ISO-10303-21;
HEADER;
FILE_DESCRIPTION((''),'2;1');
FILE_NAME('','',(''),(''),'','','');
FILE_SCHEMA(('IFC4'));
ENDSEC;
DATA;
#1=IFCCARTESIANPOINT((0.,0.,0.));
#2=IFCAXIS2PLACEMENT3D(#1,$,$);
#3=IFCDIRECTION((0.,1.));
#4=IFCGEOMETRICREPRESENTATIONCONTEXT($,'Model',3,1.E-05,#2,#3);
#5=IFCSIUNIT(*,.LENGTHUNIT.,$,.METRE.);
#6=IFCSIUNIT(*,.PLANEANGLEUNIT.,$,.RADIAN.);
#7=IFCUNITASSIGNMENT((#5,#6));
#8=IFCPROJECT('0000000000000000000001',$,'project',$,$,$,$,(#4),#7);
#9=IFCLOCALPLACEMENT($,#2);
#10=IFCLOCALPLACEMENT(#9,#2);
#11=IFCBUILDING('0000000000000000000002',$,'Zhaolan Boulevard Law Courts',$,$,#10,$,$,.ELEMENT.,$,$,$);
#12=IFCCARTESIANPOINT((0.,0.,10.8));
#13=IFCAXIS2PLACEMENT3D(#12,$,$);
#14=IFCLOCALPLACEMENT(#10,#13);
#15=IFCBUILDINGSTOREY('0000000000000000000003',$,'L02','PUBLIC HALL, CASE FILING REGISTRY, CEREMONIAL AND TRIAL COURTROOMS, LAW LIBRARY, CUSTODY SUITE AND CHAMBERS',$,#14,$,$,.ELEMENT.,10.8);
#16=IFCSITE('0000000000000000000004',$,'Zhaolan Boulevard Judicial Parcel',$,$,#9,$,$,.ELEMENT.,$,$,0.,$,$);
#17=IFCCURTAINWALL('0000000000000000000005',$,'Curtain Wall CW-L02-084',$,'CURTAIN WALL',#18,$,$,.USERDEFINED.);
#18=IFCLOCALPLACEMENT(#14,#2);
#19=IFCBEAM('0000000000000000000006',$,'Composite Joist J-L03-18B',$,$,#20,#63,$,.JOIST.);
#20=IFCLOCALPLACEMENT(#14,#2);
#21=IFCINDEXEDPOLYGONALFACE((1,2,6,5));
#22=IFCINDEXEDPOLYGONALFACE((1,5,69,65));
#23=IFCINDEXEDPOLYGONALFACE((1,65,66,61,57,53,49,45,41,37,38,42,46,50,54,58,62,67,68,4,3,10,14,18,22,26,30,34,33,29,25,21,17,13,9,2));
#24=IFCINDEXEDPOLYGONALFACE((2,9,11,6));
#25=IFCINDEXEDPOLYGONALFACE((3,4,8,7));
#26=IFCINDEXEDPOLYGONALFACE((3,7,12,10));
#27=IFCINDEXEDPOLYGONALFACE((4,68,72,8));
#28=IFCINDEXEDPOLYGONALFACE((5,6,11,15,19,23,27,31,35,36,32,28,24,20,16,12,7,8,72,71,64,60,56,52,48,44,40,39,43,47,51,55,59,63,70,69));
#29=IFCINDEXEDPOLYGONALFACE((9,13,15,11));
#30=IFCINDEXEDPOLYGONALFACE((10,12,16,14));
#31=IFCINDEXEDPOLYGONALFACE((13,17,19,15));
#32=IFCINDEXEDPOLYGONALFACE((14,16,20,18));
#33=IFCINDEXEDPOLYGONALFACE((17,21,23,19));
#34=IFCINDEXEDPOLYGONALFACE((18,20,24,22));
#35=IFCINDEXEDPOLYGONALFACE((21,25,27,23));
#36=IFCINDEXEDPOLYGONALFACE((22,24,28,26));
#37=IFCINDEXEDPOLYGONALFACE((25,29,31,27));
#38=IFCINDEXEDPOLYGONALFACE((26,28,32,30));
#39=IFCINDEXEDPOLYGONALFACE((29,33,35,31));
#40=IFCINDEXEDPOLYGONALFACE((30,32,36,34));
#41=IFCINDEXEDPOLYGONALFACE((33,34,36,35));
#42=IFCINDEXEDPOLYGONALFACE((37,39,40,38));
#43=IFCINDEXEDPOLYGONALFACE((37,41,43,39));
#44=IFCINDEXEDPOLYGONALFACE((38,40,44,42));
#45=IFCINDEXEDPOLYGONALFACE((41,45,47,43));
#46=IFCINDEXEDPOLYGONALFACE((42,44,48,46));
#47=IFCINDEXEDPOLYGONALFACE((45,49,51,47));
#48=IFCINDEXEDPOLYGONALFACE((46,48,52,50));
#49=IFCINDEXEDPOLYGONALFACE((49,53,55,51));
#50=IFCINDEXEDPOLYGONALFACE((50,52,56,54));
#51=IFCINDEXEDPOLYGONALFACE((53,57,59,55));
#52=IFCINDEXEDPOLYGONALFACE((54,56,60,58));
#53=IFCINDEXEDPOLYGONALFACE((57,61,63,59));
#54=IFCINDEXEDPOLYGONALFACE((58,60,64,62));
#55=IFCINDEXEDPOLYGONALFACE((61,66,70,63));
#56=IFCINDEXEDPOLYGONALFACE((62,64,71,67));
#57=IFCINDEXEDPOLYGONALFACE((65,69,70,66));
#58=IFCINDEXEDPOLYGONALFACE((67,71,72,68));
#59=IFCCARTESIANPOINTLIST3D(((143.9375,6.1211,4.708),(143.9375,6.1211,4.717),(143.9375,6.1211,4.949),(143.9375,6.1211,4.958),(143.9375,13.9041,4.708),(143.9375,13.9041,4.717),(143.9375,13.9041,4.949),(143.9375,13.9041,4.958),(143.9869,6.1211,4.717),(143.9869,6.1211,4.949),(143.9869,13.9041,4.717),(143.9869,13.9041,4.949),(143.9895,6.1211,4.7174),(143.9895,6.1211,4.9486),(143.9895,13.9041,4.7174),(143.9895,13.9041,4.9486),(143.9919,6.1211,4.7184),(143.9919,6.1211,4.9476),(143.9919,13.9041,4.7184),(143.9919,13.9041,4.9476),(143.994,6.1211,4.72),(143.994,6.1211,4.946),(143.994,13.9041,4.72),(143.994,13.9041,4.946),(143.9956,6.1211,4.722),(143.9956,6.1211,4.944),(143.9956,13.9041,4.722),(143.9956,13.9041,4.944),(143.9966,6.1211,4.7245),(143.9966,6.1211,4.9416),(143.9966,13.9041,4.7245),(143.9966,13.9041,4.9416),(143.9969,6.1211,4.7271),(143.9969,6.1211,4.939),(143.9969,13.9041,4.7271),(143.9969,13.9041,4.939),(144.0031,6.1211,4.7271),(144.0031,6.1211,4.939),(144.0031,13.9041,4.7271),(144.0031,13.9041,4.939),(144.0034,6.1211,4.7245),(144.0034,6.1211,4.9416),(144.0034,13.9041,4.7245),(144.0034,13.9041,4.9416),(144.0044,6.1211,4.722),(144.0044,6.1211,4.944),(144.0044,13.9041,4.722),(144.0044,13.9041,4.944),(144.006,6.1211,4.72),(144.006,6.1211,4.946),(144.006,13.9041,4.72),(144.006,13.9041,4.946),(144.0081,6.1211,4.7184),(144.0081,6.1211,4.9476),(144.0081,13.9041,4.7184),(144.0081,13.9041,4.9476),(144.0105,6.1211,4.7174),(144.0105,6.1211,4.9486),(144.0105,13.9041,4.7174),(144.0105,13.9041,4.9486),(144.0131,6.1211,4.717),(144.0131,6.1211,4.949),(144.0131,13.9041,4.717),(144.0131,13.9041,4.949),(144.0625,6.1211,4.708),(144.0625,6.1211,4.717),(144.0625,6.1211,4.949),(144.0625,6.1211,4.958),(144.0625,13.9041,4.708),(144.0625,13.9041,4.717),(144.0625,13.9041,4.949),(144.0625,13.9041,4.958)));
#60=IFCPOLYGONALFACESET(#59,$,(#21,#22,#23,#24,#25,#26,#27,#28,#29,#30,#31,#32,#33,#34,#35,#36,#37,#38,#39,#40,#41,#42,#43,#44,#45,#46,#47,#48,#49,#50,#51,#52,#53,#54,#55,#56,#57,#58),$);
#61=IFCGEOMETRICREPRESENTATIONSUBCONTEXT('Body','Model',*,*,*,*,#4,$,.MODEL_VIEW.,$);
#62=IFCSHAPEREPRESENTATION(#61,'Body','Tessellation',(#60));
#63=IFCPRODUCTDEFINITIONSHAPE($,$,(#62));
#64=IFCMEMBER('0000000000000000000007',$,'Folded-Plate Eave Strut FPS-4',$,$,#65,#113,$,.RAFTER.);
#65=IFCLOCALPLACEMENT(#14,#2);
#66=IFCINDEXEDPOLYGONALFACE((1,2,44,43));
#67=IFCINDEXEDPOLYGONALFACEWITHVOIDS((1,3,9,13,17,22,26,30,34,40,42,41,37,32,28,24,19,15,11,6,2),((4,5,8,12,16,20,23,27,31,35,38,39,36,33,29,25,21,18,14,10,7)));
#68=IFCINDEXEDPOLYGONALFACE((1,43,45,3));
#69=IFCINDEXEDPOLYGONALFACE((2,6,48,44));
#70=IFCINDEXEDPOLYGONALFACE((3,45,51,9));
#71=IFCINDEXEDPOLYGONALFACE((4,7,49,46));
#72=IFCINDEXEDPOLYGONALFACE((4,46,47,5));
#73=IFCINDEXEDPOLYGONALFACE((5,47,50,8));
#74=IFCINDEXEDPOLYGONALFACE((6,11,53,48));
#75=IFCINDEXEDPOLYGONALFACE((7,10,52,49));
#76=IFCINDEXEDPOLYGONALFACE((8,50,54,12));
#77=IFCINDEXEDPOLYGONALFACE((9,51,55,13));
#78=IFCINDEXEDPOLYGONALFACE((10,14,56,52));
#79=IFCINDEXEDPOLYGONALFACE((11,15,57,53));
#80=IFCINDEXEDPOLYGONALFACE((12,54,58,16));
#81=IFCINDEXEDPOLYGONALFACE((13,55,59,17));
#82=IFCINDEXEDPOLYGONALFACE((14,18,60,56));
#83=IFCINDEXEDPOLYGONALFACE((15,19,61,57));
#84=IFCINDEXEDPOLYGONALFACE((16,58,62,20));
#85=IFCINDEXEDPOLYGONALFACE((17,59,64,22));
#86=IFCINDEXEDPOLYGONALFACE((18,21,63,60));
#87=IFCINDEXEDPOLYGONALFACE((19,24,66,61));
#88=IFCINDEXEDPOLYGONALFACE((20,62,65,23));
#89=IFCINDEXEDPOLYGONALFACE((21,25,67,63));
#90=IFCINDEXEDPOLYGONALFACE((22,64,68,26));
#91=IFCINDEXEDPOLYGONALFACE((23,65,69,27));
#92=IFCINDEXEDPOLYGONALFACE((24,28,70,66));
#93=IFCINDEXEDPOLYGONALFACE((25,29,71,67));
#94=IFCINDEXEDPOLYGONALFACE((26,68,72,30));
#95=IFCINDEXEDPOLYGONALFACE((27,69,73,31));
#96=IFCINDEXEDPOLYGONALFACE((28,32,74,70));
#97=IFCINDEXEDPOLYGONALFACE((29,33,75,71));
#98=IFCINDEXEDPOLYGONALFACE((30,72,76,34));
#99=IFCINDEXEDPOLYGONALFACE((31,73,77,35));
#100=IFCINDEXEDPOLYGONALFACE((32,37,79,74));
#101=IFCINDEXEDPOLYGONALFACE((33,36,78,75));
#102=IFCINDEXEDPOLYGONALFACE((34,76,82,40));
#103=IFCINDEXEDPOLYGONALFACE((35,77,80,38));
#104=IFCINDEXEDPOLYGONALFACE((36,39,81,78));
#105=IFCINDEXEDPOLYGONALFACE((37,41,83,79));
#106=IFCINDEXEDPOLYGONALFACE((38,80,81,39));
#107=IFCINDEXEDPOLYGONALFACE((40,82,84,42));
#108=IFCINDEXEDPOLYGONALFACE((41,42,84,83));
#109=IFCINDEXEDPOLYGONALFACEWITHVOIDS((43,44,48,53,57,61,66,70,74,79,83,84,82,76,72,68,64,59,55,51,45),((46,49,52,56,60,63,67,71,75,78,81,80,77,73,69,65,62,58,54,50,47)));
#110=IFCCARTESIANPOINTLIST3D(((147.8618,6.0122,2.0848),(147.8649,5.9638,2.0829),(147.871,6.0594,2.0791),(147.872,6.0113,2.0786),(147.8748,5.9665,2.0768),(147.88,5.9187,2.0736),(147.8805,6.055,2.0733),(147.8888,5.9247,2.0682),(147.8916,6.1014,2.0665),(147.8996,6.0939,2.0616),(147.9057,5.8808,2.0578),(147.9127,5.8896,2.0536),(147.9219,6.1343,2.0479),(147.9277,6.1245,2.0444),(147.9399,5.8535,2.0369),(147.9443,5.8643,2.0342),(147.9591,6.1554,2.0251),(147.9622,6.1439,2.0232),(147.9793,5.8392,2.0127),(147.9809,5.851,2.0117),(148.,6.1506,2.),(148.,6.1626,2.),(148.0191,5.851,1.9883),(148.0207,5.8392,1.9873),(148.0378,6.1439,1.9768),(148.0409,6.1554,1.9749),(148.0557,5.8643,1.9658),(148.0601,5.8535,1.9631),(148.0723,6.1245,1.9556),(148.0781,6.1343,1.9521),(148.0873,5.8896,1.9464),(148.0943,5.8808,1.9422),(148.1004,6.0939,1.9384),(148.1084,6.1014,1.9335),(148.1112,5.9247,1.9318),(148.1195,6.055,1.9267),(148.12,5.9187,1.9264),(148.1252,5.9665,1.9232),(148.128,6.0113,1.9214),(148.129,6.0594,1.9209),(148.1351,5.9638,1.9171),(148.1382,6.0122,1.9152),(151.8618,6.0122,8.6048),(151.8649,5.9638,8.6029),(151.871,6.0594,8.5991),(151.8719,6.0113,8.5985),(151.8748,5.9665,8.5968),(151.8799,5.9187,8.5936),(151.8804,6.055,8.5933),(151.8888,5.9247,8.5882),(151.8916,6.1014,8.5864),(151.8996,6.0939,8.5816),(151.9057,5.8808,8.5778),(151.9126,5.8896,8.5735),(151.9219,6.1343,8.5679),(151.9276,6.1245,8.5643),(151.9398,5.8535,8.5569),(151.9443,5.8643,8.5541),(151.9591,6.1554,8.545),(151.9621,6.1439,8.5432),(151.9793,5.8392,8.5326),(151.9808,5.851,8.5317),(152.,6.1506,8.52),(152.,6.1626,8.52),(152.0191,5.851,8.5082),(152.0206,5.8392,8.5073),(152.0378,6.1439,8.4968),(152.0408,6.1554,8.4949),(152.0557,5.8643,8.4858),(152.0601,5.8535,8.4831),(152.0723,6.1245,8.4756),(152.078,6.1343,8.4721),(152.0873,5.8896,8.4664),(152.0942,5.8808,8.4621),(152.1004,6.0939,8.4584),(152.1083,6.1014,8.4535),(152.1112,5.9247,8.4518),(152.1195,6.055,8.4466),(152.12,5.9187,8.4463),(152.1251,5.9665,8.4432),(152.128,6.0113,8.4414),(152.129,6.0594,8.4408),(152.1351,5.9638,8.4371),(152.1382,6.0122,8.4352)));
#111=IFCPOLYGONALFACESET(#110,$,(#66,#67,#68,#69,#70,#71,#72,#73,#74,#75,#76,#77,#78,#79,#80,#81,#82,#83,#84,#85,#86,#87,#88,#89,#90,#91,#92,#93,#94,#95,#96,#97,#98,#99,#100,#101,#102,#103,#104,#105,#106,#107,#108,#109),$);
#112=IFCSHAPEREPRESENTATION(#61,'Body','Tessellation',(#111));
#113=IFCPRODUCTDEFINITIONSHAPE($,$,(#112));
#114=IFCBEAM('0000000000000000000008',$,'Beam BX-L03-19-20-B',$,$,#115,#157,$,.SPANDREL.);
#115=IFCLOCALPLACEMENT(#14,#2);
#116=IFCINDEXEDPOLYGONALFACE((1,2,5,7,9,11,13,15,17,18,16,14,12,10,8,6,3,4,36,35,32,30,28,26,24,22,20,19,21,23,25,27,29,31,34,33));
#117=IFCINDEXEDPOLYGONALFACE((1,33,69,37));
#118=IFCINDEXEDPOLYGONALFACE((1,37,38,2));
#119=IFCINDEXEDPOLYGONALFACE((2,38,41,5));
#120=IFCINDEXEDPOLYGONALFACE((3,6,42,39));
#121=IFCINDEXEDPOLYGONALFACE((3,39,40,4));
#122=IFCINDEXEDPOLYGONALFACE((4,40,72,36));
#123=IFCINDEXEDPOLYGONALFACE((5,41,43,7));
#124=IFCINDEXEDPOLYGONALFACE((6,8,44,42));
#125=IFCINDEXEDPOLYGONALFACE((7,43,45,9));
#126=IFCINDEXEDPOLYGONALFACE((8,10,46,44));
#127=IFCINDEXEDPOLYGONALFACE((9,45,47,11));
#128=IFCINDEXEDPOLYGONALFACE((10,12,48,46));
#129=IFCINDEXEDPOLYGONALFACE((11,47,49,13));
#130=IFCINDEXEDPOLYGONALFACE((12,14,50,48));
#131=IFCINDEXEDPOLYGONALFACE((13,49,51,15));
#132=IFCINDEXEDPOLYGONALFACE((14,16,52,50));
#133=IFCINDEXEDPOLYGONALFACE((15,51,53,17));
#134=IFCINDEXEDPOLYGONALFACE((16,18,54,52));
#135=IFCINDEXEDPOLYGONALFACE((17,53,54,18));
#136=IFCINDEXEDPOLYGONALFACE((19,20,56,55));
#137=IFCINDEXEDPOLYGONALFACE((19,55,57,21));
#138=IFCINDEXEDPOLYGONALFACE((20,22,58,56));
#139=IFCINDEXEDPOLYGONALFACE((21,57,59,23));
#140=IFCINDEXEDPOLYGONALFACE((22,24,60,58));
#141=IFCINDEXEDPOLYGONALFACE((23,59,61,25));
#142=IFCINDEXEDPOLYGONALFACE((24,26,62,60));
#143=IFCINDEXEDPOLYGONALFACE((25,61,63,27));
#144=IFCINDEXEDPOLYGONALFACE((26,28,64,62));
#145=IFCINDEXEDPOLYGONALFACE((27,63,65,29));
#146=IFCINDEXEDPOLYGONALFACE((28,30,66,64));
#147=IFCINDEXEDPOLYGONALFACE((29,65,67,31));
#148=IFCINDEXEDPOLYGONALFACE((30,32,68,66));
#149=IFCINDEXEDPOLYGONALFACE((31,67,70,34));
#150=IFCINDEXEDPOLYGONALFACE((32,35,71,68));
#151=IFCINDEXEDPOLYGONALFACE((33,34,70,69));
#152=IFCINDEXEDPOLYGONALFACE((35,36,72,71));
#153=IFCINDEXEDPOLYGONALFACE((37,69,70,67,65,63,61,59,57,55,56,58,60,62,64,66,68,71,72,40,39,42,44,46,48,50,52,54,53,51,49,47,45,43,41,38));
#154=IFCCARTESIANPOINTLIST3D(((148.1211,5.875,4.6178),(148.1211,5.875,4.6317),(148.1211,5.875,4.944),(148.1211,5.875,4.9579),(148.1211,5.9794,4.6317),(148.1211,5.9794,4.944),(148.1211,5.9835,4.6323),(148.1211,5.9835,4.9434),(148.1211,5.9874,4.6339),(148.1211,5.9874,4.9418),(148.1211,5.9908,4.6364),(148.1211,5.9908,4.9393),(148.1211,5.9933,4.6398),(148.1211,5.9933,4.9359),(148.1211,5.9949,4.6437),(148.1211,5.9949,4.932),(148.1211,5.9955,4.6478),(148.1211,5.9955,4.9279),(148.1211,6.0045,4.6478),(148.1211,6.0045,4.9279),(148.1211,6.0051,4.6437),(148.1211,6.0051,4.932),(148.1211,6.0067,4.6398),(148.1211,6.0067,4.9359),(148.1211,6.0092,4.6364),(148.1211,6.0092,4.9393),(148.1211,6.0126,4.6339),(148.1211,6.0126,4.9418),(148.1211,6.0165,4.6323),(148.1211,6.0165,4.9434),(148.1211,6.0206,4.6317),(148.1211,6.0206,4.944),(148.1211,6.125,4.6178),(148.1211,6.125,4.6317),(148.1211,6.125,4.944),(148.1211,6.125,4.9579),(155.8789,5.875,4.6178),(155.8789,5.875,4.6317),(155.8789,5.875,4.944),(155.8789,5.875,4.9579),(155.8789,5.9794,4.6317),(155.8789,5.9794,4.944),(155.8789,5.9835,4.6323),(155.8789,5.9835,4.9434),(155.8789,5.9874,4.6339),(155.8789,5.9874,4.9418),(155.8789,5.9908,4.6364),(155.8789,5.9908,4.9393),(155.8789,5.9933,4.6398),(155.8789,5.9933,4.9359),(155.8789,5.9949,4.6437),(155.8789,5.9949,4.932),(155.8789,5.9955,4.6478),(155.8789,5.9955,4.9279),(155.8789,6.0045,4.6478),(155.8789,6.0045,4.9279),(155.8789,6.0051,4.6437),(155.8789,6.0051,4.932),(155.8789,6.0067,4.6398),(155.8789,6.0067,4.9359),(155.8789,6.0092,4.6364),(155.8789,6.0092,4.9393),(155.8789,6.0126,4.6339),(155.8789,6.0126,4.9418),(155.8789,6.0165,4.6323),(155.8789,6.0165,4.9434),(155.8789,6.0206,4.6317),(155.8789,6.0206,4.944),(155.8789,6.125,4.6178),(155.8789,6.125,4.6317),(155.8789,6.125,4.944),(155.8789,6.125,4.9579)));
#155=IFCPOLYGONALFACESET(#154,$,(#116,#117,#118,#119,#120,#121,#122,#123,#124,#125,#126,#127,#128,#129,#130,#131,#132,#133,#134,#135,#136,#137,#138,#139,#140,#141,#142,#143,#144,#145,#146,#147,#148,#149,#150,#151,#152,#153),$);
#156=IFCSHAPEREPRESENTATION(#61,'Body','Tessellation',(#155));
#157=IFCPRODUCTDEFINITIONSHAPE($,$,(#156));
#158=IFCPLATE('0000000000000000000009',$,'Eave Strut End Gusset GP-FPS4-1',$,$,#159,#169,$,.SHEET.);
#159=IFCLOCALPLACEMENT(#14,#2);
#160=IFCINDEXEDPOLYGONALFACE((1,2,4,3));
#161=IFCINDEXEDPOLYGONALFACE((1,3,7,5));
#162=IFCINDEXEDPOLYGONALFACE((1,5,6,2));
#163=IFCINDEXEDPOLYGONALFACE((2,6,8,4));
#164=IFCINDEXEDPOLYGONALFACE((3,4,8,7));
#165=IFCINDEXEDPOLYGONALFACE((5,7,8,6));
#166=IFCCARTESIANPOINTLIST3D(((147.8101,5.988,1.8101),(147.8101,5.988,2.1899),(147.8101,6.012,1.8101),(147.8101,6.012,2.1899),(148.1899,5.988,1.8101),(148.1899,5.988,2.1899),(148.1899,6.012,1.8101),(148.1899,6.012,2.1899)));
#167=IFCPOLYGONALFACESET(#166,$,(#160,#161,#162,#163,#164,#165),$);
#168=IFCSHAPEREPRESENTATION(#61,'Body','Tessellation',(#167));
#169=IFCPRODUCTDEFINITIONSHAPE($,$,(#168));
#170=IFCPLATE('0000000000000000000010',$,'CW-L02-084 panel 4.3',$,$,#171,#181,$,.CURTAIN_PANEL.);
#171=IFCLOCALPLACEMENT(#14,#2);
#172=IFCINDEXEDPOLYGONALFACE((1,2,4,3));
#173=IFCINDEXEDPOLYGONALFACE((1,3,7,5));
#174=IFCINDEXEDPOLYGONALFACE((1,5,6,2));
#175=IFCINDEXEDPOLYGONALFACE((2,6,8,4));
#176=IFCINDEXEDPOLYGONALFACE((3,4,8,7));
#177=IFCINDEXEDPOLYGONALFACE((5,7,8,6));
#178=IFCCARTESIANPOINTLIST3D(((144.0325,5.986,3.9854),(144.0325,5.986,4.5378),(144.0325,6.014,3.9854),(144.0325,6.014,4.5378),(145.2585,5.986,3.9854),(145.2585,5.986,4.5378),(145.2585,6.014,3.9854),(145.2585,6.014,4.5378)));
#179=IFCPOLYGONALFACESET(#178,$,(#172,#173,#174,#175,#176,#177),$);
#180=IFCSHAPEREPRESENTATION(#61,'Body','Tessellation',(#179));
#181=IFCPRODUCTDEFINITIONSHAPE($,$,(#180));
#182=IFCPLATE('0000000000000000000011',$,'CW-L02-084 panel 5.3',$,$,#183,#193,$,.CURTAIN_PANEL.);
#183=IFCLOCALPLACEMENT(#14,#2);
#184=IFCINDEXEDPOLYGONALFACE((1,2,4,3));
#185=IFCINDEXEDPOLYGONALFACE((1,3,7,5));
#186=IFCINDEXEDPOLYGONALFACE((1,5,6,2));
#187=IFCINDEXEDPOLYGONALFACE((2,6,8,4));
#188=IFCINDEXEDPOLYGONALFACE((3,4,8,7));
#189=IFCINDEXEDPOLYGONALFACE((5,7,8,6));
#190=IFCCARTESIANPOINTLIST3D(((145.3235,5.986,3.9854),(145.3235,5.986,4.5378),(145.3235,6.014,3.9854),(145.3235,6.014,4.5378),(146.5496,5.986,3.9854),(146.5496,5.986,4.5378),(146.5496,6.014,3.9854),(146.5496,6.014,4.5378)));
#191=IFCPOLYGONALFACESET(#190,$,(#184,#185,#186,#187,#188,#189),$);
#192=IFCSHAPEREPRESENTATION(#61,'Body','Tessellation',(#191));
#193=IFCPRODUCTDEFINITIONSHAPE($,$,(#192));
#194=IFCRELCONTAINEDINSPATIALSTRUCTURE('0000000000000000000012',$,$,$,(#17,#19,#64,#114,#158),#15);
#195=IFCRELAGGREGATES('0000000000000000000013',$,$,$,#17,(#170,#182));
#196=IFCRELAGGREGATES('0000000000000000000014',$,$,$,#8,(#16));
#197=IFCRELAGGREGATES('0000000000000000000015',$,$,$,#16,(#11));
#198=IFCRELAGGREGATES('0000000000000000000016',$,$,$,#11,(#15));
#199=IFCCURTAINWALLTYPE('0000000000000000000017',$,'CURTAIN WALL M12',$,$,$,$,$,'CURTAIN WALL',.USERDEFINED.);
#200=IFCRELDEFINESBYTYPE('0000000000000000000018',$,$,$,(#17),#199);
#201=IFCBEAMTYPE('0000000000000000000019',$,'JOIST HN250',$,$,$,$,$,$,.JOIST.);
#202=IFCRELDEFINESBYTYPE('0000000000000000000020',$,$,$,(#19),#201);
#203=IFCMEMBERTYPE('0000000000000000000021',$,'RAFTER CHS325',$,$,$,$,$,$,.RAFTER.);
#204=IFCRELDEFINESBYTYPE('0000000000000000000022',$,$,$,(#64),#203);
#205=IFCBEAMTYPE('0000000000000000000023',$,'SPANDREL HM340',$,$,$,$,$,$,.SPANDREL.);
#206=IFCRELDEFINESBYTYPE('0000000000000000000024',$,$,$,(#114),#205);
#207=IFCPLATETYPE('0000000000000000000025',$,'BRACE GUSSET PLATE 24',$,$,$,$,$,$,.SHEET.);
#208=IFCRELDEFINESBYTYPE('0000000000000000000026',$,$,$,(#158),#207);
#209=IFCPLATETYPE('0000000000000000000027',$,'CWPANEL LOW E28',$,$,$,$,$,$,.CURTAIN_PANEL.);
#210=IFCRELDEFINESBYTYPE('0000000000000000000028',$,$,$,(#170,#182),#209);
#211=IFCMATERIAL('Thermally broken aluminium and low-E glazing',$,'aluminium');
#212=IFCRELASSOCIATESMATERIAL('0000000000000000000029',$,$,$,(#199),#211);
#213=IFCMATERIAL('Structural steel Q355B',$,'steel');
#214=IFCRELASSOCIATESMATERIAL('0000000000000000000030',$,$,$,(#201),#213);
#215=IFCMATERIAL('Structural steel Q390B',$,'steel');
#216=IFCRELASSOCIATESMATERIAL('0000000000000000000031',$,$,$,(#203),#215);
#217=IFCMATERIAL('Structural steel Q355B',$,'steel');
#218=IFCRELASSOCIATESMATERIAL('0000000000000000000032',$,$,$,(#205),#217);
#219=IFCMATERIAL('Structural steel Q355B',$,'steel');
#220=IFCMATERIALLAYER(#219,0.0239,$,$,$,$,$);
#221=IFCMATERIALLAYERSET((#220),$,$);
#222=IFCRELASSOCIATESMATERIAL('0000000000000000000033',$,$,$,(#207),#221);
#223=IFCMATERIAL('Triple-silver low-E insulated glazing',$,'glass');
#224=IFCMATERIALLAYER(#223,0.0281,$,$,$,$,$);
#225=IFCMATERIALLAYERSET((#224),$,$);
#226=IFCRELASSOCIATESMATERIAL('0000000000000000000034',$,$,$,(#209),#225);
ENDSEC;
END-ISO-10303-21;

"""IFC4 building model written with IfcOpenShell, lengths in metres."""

from ifc_helpers import new_model, si_unit, direction, frame, origin, origin_2d, place, context, subcontext, project, spatial, rectangle, hollow_circle, i_section, extrude, material, layer, layer_set, material_profile, profile_set, type_object, element, aggregate, save


model = new_model("IFC4")

# Units and contexts
model_context = context("Model", 3, precision=1e-05, world=origin(), true_north=direction((0.0, 1.0)))
body_context = subcontext(model_context, "Body", "Model", "MODEL_VIEW")
ifc_project = project(units=[si_unit("LENGTHUNIT", "METRE"), si_unit("PLANEANGLEUNIT", "RADIAN")], contexts=[model_context])

# Site, building, storey
site_placement = place(None, origin())
site = spatial("IfcSite", under=ifc_project, at=site_placement, Name="Zhaolan Boulevard Judicial Parcel", CompositionType="ELEMENT", RefElevation=0.0)
building_placement = place(site_placement, origin())
building = spatial("IfcBuilding", under=site, at=building_placement, Name="Zhaolan Boulevard Law Courts", CompositionType="ELEMENT")
storey_placement = place(building_placement, frame((0.0, 0.0, 10.8)))
storey = spatial("IfcBuildingStorey", under=building, at=storey_placement, Name="L02", Description="PUBLIC HALL, CASE FILING REGISTRY, CEREMONIAL AND TRIAL COURTROOMS, LAW LIBRARY, CUSTODY SUITE AND CHAMBERS", CompositionType="ELEMENT", Elevation=10.8)

# Curtain wall
ifc_material_1 = material(Name="Thermally broken aluminium and low-E glazing", Category="aluminium")
curtain_wall_type_1 = type_object("IfcCurtainWallType", Name="CURTAIN WALL M12", ElementType="CURTAIN WALL", PredefinedType="USERDEFINED", material=ifc_material_1)
curtain_wall_1_placement = place(storey_placement, origin())
curtain_wall_1 = element("IfcCurtainWall", 1, at=curtain_wall_1_placement, inside=storey, type_object=curtain_wall_type_1, Name="Curtain Wall CW-L02-084", ObjectType="CURTAIN WALL", PredefinedType="USERDEFINED")

# Beam
ifc_material_2 = material(Name="Structural steel Q355B", Category="steel")
ifc_material_profile_1 = material_profile(ifc_material_2, i_section(OverallWidth=0.125, OverallDepth=0.25, WebThickness=0.0061, FlangeThickness=0.009, FilletRadius=0.01, at=origin_2d()), Name="HN250x125")
ifc_profile_set_1 = profile_set([ifc_material_profile_1], Name="Structural steel Q355B")
beam_type_1 = type_object("IfcBeamType", Name="JOIST HN250", PredefinedType="JOIST", material=ifc_profile_set_1)
beam_1_placement = place(storey_placement, frame((144.0, 6.1211, 4.833), z_axis=(0.0, 1.0, 0.0), x_axis=(-1.0, 0.0, 0.0)))
element("IfcBeam", 2, at=beam_1_placement, inside=storey, type_object=beam_type_1, Name="Composite Joist J-L03-18B", PredefinedType="JOIST", context=body_context, shape_type="SweptSolid", body=[
    extrude(i_section(OverallWidth=0.125, OverallDepth=0.25, WebThickness=0.0061, FlangeThickness=0.009, FilletRadius=0.01, at=origin_2d()), origin(), (0.0, 0.0, 1.0), 7.783),
])

# Member
ifc_material_3 = material(Name="Structural steel Q390B", Category="steel")
ifc_material_profile_2 = material_profile(ifc_material_3, hollow_circle(Radius=0.1626, WallThickness=0.012, at=origin_2d()), Name="CHS325x12")
ifc_profile_set_2 = profile_set([ifc_material_profile_2], Name="Structural steel Q390B")
member_type_1 = type_object("IfcMemberType", Name="RAFTER CHS325", PredefinedType="RAFTER", material=ifc_profile_set_2)
member_1_placement = place(storey_placement, frame((148.0, 6.0, 2.0), z_axis=(0.522929, 0.0, 0.852376), x_axis=(0.0, 1.0, 0.0)))
element("IfcMember", 3, at=member_1_placement, inside=storey, type_object=member_type_1, Name="Folded-Plate Eave Strut FPS-4", PredefinedType="RAFTER", context=body_context, shape_type="SweptSolid", body=[
    extrude(hollow_circle(Radius=0.1626, WallThickness=0.012, at=origin_2d()), origin(), (0.0, 0.0, 1.0), 7.6492),
])

# Beam
ifc_material_4 = material(Name="Structural steel Q355B", Category="steel")
ifc_material_profile_3 = material_profile(ifc_material_4, i_section(OverallWidth=0.25, OverallDepth=0.3401, WebThickness=0.009, FlangeThickness=0.0139, FilletRadius=0.0161, at=origin_2d()), Name="HM340x250")
ifc_profile_set_3 = profile_set([ifc_material_profile_3], Name="Structural steel Q355B")
beam_type_2 = type_object("IfcBeamType", Name="SPANDREL HM340", PredefinedType="SPANDREL", material=ifc_profile_set_3)
beam_2_placement = place(storey_placement, frame((148.1211, 6.0, 4.7878), z_axis=(1.0, 0.0, 0.0), x_axis=(0.0, 1.0, 0.0)))
element("IfcBeam", 4, at=beam_2_placement, inside=storey, type_object=beam_type_2, Name="Beam BX-L03-19-20-B", PredefinedType="SPANDREL", context=body_context, shape_type="SweptSolid", body=[
    extrude(i_section(OverallWidth=0.25, OverallDepth=0.3401, WebThickness=0.009, FlangeThickness=0.0139, FilletRadius=0.0161, at=origin_2d()), origin(), (0.0, 0.0, 1.0), 7.7578),
])

# Plates
ifc_material_5 = material(Name="Structural steel Q355B", Category="steel")
ifc_layer_1 = layer(ifc_material_5, 0.0239)
ifc_layer_set_1 = layer_set([ifc_layer_1])
plate_type_1 = type_object("IfcPlateType", Name="BRACE GUSSET PLATE 24", PredefinedType="SHEET", material=ifc_layer_set_1)
plate_1_placement = place(storey_placement, frame((148.0, 6.0, 1.8101), z_axis=(0.0, 0.0, 1.0), x_axis=(1.0, 0.0, 0.0)))
element("IfcPlate", 5, at=plate_1_placement, inside=storey, type_object=plate_type_1, Name="Eave Strut End Gusset GP-FPS4-1", PredefinedType="SHEET", context=body_context, shape_type="SweptSolid", body=[
    extrude(rectangle(XDim=0.3799, YDim=0.0239, at=origin_2d()), origin(), (0.0, 0.0, 1.0), 0.3799),
])
ifc_material_6 = material(Name="Triple-silver low-E insulated glazing", Category="glass")
ifc_layer_2 = layer(ifc_material_6, 0.0281)
ifc_layer_set_2 = layer_set([ifc_layer_2])
plate_type_2 = type_object("IfcPlateType", Name="CWPANEL LOW E28", PredefinedType="CURTAIN_PANEL", material=ifc_layer_set_2)
plate_2_placement = place(storey_placement, frame((144.6455, 6.0, 3.9854), z_axis=(0.0, 0.0, 1.0), x_axis=(1.0, 0.0, 0.0)))
plate_2 = element("IfcPlate", 6, at=plate_2_placement, type_object=plate_type_2, Name="CW-L02-084 panel 4.3", PredefinedType="CURTAIN_PANEL", context=body_context, shape_type="SweptSolid", body=[
    extrude(rectangle(XDim=1.2261, YDim=0.0281, at=origin_2d()), origin(), (0.0, 0.0, 1.0), 0.5525),
])
plate_3_placement = place(storey_placement, frame((145.9365, 6.0, 3.9854), z_axis=(0.0, 0.0, 1.0), x_axis=(1.0, 0.0, 0.0)))
plate_3 = element("IfcPlate", 7, at=plate_3_placement, type_object=plate_type_2, Name="CW-L02-084 panel 5.3", PredefinedType="CURTAIN_PANEL", context=body_context, shape_type="SweptSolid", body=[
    extrude(rectangle(XDim=1.2261, YDim=0.0281, at=origin_2d()), origin(), (0.0, 0.0, 1.0), 0.5525),
])
aggregate(curtain_wall_1, [plate_2, plate_3])

save(model, "model.ifc")
